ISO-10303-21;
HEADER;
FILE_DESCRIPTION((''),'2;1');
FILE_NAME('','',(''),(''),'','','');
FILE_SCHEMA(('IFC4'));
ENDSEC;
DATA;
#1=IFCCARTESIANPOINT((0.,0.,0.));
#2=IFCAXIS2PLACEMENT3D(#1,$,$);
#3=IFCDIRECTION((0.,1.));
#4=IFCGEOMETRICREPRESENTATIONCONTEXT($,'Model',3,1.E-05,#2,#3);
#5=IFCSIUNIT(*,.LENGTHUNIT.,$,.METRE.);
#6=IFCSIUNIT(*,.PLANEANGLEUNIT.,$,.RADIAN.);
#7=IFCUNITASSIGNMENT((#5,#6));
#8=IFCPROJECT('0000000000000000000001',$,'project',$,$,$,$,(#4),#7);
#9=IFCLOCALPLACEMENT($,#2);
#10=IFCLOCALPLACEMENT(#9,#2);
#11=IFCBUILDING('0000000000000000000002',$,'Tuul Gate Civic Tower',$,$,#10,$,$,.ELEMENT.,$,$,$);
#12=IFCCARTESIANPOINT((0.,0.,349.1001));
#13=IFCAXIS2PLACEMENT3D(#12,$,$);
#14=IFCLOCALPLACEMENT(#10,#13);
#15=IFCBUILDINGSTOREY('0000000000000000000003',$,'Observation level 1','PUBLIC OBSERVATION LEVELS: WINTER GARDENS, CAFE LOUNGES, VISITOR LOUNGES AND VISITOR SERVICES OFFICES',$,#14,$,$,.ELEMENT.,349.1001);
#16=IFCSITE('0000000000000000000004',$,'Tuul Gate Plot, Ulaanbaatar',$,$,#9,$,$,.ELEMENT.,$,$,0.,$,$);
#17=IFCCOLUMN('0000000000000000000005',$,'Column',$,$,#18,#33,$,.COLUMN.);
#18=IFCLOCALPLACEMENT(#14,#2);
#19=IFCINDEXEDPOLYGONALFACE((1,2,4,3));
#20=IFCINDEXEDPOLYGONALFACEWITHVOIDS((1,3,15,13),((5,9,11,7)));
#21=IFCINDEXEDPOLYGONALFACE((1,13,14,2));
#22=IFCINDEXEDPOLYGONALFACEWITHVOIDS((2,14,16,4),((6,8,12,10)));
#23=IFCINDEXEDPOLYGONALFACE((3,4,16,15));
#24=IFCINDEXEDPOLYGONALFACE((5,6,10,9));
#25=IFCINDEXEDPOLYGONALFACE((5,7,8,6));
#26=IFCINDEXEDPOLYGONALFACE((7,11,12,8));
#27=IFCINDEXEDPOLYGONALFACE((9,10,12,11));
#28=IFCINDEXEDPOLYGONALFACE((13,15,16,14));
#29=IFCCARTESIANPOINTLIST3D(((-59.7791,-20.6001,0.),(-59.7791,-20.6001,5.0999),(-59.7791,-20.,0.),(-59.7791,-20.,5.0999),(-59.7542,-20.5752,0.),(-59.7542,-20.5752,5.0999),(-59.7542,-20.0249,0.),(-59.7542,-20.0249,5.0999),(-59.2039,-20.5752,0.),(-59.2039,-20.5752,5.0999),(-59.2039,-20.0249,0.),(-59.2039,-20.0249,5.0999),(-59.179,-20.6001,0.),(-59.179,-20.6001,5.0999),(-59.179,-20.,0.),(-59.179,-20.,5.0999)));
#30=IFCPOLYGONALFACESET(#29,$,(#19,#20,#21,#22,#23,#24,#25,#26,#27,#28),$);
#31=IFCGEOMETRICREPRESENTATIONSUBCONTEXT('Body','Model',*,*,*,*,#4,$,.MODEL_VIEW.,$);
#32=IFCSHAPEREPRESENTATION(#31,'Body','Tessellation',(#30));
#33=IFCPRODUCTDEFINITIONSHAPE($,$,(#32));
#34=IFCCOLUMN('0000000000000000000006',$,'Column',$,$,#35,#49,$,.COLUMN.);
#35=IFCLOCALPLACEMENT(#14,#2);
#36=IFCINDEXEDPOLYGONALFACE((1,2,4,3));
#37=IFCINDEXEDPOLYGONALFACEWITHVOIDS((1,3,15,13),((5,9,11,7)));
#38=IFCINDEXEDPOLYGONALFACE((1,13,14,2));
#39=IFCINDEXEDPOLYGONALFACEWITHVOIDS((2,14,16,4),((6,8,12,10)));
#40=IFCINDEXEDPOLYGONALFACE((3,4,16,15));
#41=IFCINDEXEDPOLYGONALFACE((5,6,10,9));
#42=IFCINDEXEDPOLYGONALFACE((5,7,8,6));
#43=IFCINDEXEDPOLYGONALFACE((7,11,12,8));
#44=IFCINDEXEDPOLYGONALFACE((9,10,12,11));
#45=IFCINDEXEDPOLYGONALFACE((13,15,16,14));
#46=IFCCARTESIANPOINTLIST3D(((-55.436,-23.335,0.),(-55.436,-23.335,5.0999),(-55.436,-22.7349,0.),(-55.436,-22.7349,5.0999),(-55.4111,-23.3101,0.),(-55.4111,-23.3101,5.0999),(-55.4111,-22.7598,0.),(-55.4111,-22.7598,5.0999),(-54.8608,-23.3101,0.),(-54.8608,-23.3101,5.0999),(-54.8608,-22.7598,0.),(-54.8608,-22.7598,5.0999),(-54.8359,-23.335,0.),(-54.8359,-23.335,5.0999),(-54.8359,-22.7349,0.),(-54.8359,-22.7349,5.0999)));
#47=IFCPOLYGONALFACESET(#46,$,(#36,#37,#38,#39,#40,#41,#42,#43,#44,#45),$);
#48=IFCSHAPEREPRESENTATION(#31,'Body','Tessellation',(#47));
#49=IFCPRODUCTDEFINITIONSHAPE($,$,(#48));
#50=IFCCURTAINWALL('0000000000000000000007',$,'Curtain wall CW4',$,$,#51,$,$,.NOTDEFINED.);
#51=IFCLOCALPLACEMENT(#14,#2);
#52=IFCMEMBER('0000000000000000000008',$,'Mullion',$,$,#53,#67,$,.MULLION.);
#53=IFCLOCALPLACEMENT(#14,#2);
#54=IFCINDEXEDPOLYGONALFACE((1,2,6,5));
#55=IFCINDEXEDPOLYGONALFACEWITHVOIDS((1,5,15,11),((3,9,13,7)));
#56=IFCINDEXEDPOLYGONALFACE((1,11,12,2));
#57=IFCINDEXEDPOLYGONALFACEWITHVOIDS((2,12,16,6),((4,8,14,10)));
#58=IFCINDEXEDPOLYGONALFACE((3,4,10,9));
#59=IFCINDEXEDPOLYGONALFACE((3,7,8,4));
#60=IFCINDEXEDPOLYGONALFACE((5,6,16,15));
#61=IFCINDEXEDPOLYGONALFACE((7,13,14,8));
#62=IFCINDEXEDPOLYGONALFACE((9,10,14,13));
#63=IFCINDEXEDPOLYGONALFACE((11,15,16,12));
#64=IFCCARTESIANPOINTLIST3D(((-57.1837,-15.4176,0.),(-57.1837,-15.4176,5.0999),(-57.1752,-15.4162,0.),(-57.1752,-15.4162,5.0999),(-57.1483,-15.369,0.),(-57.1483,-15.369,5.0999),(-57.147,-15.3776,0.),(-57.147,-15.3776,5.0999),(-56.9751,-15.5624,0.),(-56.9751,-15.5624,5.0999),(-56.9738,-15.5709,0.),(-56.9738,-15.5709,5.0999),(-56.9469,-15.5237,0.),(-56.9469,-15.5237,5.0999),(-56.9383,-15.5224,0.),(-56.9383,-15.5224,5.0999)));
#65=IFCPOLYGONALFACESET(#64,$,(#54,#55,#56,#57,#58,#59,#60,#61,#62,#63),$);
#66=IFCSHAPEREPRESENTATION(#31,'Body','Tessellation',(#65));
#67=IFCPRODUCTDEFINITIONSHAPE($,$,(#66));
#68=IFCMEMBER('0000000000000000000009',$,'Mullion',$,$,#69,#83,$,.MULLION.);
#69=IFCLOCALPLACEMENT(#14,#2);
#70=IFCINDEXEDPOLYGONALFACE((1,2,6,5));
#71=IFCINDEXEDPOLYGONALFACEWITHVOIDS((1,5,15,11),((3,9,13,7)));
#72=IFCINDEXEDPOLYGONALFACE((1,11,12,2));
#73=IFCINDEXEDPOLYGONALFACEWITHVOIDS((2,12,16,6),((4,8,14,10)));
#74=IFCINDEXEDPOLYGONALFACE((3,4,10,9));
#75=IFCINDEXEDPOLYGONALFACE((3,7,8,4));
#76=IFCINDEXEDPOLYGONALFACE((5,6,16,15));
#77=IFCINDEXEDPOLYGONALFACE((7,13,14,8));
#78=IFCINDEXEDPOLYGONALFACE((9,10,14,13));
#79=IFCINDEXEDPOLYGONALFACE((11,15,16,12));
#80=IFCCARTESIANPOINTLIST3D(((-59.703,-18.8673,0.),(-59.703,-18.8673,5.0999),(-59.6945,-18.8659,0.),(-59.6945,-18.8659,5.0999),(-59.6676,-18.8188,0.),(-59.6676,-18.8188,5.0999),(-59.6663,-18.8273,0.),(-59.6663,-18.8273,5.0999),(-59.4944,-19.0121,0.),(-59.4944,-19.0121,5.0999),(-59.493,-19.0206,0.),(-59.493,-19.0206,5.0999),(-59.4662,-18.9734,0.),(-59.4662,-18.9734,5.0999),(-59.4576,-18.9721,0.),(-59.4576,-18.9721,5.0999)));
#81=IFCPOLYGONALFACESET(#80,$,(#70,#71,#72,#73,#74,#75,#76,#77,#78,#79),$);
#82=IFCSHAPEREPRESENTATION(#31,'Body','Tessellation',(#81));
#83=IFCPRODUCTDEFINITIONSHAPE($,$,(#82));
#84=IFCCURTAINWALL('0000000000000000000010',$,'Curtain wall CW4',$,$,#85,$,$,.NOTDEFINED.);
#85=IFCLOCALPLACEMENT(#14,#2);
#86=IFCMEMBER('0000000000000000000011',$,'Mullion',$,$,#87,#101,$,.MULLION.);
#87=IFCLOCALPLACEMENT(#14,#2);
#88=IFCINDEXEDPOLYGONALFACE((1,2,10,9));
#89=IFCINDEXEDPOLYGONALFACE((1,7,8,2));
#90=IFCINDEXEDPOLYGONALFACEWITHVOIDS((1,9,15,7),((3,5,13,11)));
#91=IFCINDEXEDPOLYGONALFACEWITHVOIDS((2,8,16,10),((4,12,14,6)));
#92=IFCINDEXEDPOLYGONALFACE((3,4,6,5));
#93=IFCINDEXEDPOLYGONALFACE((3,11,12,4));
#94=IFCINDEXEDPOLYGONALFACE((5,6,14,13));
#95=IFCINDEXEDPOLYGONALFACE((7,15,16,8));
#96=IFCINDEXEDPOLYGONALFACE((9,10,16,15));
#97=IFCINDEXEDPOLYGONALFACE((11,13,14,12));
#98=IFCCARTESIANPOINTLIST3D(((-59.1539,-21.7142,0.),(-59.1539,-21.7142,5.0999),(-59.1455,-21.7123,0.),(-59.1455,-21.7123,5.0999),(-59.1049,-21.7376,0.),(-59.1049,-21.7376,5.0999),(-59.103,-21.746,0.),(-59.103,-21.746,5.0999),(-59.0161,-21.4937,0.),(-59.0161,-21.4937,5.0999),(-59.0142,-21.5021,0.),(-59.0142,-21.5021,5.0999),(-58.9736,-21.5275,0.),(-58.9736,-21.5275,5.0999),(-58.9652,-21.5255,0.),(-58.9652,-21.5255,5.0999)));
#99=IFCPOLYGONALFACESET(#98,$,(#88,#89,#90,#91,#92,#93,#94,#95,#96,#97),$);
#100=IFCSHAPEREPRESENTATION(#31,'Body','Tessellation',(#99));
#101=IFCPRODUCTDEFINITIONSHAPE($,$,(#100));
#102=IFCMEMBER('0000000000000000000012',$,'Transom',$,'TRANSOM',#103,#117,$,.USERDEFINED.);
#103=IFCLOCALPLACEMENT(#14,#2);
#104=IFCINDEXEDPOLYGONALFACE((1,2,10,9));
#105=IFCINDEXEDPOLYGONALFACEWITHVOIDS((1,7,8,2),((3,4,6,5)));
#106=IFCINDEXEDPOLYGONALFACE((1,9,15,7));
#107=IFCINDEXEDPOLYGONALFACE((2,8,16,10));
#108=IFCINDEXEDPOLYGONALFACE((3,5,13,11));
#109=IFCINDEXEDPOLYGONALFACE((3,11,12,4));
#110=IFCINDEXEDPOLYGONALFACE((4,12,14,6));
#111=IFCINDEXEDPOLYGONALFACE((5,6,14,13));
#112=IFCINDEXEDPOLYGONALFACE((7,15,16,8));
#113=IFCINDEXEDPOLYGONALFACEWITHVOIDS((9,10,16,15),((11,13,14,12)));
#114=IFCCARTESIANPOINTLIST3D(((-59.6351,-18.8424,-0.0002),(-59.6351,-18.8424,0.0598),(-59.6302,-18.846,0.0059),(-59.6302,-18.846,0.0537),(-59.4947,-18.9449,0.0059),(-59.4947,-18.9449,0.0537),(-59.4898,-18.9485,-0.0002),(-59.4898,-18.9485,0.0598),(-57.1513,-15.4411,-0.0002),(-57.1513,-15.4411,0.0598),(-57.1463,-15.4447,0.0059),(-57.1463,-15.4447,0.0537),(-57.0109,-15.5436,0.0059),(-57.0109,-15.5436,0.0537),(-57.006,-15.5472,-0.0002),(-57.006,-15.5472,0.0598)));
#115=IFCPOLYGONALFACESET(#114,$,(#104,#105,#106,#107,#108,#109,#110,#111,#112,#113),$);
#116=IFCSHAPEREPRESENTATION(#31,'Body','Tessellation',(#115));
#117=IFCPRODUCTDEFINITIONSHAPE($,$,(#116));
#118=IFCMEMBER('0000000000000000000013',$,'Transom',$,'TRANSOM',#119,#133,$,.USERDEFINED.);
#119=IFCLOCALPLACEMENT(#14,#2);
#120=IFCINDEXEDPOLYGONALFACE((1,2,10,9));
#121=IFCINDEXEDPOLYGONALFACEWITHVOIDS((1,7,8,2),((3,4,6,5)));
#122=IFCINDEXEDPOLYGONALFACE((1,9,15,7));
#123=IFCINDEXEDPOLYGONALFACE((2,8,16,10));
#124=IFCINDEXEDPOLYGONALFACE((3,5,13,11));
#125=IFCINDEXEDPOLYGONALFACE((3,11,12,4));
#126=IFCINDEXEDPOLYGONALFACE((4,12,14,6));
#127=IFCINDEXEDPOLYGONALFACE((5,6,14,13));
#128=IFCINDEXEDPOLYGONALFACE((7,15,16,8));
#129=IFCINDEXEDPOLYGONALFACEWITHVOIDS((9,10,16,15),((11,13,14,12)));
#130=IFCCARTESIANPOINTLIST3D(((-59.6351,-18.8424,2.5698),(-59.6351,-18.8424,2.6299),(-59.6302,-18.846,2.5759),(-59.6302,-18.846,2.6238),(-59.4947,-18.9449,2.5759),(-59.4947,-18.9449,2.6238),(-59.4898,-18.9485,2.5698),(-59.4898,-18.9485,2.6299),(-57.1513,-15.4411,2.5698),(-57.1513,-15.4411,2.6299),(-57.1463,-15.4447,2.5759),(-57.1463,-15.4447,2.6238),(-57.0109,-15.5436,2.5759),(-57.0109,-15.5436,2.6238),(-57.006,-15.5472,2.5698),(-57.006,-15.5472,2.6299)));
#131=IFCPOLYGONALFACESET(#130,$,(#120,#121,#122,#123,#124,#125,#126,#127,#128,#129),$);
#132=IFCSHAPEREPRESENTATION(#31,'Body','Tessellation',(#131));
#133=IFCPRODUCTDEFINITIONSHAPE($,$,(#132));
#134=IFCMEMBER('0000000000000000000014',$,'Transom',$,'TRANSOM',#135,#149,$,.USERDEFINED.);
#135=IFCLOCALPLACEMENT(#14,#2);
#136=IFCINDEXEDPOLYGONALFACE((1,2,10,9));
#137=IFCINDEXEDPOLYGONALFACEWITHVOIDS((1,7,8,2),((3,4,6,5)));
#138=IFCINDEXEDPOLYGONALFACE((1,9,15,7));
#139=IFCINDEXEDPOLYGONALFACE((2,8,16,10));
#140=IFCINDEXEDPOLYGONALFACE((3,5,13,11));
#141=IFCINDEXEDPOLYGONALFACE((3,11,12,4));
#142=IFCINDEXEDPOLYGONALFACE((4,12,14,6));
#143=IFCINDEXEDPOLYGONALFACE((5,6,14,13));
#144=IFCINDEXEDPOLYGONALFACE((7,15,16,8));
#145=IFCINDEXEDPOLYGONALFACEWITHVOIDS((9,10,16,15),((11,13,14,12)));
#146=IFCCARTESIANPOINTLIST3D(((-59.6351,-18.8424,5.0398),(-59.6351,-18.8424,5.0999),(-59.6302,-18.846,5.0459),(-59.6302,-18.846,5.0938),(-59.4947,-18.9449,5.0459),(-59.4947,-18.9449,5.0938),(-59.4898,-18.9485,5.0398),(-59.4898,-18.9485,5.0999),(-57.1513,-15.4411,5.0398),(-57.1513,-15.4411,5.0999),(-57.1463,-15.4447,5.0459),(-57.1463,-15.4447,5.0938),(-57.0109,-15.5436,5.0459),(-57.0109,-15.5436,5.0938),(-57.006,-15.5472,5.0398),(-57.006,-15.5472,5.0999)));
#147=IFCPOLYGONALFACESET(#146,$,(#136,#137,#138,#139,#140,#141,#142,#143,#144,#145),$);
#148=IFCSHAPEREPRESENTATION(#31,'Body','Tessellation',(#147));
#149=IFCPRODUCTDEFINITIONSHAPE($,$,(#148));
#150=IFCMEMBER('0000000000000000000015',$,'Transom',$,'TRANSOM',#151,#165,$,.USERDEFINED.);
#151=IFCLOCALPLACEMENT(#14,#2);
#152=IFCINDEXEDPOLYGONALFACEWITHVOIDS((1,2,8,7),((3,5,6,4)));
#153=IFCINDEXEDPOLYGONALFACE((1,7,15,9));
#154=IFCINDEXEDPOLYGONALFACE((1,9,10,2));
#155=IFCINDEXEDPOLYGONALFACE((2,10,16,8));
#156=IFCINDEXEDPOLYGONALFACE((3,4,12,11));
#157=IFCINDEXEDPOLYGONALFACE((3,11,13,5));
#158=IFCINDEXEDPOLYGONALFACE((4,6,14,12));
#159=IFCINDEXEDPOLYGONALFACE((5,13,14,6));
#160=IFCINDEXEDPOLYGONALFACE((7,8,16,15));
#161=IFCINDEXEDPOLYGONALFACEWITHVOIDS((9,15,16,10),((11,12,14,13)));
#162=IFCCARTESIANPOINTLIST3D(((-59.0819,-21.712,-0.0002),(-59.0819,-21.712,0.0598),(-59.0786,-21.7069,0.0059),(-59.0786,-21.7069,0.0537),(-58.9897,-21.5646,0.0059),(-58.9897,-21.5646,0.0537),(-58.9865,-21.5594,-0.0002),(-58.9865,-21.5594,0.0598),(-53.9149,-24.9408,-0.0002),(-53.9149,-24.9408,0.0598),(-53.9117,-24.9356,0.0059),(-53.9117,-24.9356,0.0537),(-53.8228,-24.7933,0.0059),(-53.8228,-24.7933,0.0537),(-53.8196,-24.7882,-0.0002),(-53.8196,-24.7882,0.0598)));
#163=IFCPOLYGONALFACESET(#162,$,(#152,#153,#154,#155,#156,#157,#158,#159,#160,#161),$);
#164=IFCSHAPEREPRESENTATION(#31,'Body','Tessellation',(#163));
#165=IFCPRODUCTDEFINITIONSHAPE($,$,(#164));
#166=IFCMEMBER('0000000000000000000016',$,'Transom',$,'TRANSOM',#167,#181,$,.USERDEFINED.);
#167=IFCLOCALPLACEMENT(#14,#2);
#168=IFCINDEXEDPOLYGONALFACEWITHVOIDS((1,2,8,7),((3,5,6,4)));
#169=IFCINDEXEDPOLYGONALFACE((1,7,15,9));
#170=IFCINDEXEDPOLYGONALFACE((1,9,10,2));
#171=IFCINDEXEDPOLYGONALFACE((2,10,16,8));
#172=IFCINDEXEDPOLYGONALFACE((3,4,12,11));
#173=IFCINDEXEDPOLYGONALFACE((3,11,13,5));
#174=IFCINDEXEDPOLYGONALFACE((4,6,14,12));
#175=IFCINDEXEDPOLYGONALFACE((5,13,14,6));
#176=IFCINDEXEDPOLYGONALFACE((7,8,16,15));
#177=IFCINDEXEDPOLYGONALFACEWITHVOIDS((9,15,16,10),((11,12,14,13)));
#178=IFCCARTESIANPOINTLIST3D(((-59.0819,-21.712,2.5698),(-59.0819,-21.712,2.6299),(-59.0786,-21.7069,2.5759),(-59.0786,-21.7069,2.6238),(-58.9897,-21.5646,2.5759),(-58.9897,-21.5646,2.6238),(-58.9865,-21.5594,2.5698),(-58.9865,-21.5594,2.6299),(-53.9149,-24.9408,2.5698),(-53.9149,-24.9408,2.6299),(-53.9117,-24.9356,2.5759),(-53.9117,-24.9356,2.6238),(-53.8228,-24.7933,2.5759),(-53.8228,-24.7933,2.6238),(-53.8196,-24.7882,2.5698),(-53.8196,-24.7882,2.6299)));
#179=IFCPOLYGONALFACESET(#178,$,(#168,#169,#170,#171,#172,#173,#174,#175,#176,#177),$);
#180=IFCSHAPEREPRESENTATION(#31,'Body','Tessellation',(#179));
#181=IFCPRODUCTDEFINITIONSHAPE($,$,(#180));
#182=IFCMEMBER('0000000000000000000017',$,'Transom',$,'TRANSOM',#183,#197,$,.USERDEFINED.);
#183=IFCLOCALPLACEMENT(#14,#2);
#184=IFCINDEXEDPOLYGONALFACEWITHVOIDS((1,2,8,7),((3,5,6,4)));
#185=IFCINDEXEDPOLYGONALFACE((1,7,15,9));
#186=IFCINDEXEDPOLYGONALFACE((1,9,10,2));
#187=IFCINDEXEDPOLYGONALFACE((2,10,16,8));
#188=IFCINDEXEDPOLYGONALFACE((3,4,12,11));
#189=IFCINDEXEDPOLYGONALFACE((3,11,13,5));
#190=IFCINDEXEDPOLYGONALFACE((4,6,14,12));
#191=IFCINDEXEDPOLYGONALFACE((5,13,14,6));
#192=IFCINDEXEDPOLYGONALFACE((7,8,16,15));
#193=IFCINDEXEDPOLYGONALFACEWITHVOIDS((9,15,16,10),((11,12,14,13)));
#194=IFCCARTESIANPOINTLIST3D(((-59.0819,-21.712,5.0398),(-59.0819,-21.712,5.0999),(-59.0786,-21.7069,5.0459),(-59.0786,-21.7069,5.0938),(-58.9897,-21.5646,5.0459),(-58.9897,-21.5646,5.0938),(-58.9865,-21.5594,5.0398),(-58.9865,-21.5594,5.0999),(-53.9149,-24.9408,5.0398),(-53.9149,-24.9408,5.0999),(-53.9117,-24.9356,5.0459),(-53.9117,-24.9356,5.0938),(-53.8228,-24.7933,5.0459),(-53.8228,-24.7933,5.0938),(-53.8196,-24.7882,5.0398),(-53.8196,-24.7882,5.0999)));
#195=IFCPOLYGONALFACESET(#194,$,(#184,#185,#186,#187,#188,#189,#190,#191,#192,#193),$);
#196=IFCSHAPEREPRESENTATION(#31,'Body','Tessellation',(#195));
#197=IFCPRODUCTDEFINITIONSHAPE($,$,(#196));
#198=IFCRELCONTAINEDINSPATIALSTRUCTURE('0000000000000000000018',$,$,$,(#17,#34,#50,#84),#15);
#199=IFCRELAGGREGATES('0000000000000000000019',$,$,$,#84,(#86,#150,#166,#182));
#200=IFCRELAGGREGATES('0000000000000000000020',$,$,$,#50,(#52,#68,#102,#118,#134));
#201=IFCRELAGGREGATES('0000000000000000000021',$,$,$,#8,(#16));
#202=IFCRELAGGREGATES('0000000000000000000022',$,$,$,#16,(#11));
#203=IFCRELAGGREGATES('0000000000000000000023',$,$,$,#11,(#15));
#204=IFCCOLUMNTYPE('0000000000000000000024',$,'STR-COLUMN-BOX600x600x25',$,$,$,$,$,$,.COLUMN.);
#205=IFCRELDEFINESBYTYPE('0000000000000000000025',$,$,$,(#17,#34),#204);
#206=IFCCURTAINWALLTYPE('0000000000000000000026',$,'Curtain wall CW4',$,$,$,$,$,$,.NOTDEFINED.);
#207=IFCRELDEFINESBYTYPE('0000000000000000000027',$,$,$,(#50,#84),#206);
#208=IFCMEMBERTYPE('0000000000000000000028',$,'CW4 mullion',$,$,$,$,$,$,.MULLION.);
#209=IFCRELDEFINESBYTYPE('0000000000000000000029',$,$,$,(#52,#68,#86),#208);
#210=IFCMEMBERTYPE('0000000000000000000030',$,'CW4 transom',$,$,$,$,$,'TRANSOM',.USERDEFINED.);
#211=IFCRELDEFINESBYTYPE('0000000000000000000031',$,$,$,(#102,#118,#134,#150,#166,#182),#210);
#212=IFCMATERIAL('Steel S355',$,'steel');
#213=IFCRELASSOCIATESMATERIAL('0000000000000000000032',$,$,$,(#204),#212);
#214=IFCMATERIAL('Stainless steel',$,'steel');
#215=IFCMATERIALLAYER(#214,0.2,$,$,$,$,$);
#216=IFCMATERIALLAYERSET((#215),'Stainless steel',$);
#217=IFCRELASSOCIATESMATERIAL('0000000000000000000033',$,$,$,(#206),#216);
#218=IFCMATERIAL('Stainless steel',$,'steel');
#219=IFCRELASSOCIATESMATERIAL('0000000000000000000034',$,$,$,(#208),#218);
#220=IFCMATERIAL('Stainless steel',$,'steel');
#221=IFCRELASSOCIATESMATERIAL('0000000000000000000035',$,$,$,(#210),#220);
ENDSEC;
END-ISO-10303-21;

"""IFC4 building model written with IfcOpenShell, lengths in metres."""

from ifc_helpers import new_model, si_unit, direction, frame, origin, origin_2d, place, context, subcontext, project, spatial, hollow_rectangle, extrude, material, layer, layer_set, material_profile, profile_set, type_object, element, aggregate, save


model = new_model("IFC4")

# Units and contexts
model_context = context("Model", 3, precision=1e-05, world=origin(), true_north=direction((0.0, 1.0)))
body_context = subcontext(model_context, "Body", "Model", "MODEL_VIEW")
ifc_project = project(units=[si_unit("LENGTHUNIT", "METRE"), si_unit("PLANEANGLEUNIT", "RADIAN")], contexts=[model_context])

# Site, building, storey
site_placement = place(None, origin())
site = spatial("IfcSite", under=ifc_project, at=site_placement, Name="Tuul Gate Plot, Ulaanbaatar", CompositionType="ELEMENT", RefElevation=0.0)
building_placement = place(site_placement, origin())
building = spatial("IfcBuilding", under=site, at=building_placement, Name="Tuul Gate Civic Tower", CompositionType="ELEMENT")
storey_placement = place(building_placement, frame((0.0, 0.0, 349.1001)))
storey = spatial("IfcBuildingStorey", under=building, at=storey_placement, Name="Observation level 1", Description="PUBLIC OBSERVATION LEVELS: WINTER GARDENS, CAFE LOUNGES, VISITOR LOUNGES AND VISITOR SERVICES OFFICES", CompositionType="ELEMENT", Elevation=349.1001)

# Columns
ifc_material_1 = material(Name="Steel S355", Category="steel")
ifc_material_profile_1 = material_profile(ifc_material_1, hollow_rectangle(XDim=0.6001, YDim=0.6001, WallThickness=0.0249, at=origin_2d()), Name="BOX600x600x25")
ifc_profile_set_1 = profile_set([ifc_material_profile_1], Name="Steel S355")
column_type = type_object("IfcColumnType", Name="STR-COLUMN-BOX600x600x25", PredefinedType="COLUMN", material=ifc_profile_set_1)
for number, where, z_axis, x_axis, name in (
    (1, (-59.479, -20.3, 0.0), (0.0, 0.0, 1.0), (1.0, 0.0, 0.0), "Column"),
    (2, (-55.136, -23.0349, 0.0), (0.0, 0.0, 1.0), (1.0, 0.0, 0.0), "Column"),
):
    element("IfcColumn", number, at=place(storey_placement, frame(where, z_axis=z_axis, x_axis=x_axis)), inside=storey, type_object=column_type, Name=name, PredefinedType="COLUMN", context=body_context, shape_type="SweptSolid", body=[
        extrude(hollow_rectangle(XDim=0.6001, YDim=0.6001, WallThickness=0.0249, at=origin_2d()), origin(), (0.0, 0.0, 1.0), 5.0999),
    ])

# Curtain wall, members
ifc_material_2 = material(Name="Stainless steel", Category="steel")
ifc_layer_1 = layer(ifc_material_2, 0.2)
ifc_layer_set_1 = layer_set([ifc_layer_1], Name="Stainless steel")
curtain_wall_type = type_object("IfcCurtainWallType", Name="Curtain wall CW4", PredefinedType="NOTDEFINED", material=ifc_layer_set_1)
curtain_wall_1_placement = place(storey_placement, origin())
curtain_wall_1 = element("IfcCurtainWall", 3, at=curtain_wall_1_placement, inside=storey, type_object=curtain_wall_type, Name="Curtain wall CW4", PredefinedType="NOTDEFINED")
ifc_material_3 = material(Name="Stainless steel", Category="steel")
ifc_material_profile_2 = material_profile(ifc_material_3, hollow_rectangle(XDim=0.26, YDim=0.0601, WallThickness=0.0061, at=origin_2d()), Name="CW4 mullion")
ifc_profile_set_2 = profile_set([ifc_material_profile_2], Name="Stainless steel")
member_type_1 = type_object("IfcMemberType", Name="CW4 mullion", PredefinedType="MULLION", material=ifc_profile_set_2)
member_1_placement = place(storey_placement, frame((-57.061, -15.47, 0.0), z_axis=(0.0, 0.0, 1.0), x_axis=(0.807578, -0.58976, 0.0)))
member_1 = element("IfcMember", 4, at=member_1_placement, type_object=member_type_1, Name="Mullion", PredefinedType="MULLION", context=body_context, shape_type="SweptSolid", body=[
    extrude(hollow_rectangle(XDim=0.26, YDim=0.0601, WallThickness=0.0061, at=origin_2d()), origin(), (0.0, 0.0, 1.0), 5.0999),
])
member_2_placement = place(storey_placement, frame((-59.5803, -18.9197, 0.0), z_axis=(0.0, 0.0, 1.0), x_axis=(0.807578, -0.58976, 0.0)))
member_2 = element("IfcMember", 5, at=member_2_placement, type_object=member_type_1, Name="Mullion", PredefinedType="MULLION", context=body_context, shape_type="SweptSolid", body=[
    extrude(hollow_rectangle(XDim=0.26, YDim=0.0601, WallThickness=0.0061, at=origin_2d()), origin(), (0.0, 0.0, 1.0), 5.0999),
])

# Curtain wall, member
curtain_wall_2_placement = place(storey_placement, origin())
curtain_wall_2 = element("IfcCurtainWall", 6, at=curtain_wall_2_placement, inside=storey, type_object=curtain_wall_type, Name="Curtain wall CW4", PredefinedType="NOTDEFINED")
member_3_placement = place(storey_placement, frame((-59.0596, -21.6199, 0.0), z_axis=(0.0, 0.0, 1.0), x_axis=(0.529912, 0.848053, 0.0)))
member_3 = element("IfcMember", 7, at=member_3_placement, type_object=member_type_1, Name="Mullion", PredefinedType="MULLION", context=body_context, shape_type="SweptSolid", body=[
    extrude(hollow_rectangle(XDim=0.26, YDim=0.0601, WallThickness=0.0061, at=origin_2d()), origin(), (0.0, 0.0, 1.0), 5.0999),
])

# Members
ifc_material_4 = material(Name="Stainless steel", Category="steel")
ifc_material_profile_3 = material_profile(ifc_material_4, hollow_rectangle(XDim=0.1799, YDim=0.0601, WallThickness=0.0061, at=origin_2d()), Name="CW4 transom")
ifc_profile_set_3 = profile_set([ifc_material_profile_3], Name="Stainless steel")
member_type_2 = type_object("IfcMemberType", Name="CW4 transom", ElementType="TRANSOM", PredefinedType="USERDEFINED", material=ifc_profile_set_3)
member_4_placement = place(storey_placement, frame((-57.0786, -15.4941, 0.0298), z_axis=(-0.589749, -0.807586, 0.0), x_axis=(0.807586, -0.589749, 0.0)))
member_4 = element("IfcMember", 8, at=member_4_placement, type_object=member_type_2, Name="Transom", ObjectType="TRANSOM", PredefinedType="USERDEFINED", context=body_context, shape_type="SweptSolid", body=[
    extrude(hollow_rectangle(XDim=0.1799, YDim=0.0601, WallThickness=0.0061, at=origin_2d()), origin(), (0.0, 0.0, 1.0), 4.2117),
])
member_5_placement = place(storey_placement, frame((-57.0786, -15.4941, 2.5999), z_axis=(-0.589749, -0.807586, 0.0), x_axis=(0.807586, -0.589749, 0.0)))
member_5 = element("IfcMember", 9, at=member_5_placement, type_object=member_type_2, Name="Transom", ObjectType="TRANSOM", PredefinedType="USERDEFINED", context=body_context, shape_type="SweptSolid", body=[
    extrude(hollow_rectangle(XDim=0.1799, YDim=0.0601, WallThickness=0.0061, at=origin_2d()), origin(), (0.0, 0.0, 1.0), 4.2117),
])
member_6_placement = place(storey_placement, frame((-57.0786, -15.4941, 5.0698), z_axis=(-0.589749, -0.807586, 0.0), x_axis=(0.807586, -0.589749, 0.0)))
member_6 = element("IfcMember", 10, at=member_6_placement, type_object=member_type_2, Name="Transom", ObjectType="TRANSOM", PredefinedType="USERDEFINED", context=body_context, shape_type="SweptSolid", body=[
    extrude(hollow_rectangle(XDim=0.1799, YDim=0.0601, WallThickness=0.0061, at=origin_2d()), origin(), (0.0, 0.0, 1.0), 4.2117),
])
member_7_placement = place(storey_placement, frame((-59.0342, -21.6357, 0.0298), z_axis=(0.848043, -0.529927, 0.0), x_axis=(0.529927, 0.848043, 0.0)))
member_7 = element("IfcMember", 11, at=member_7_placement, type_object=member_type_2, Name="Transom", ObjectType="TRANSOM", PredefinedType="USERDEFINED", context=body_context, shape_type="SweptSolid", body=[
    extrude(hollow_rectangle(XDim=0.1799, YDim=0.0601, WallThickness=0.0061, at=origin_2d()), origin(), (0.0, 0.0, 1.0), 6.0928),
])
member_8_placement = place(storey_placement, frame((-59.0342, -21.6357, 2.5999), z_axis=(0.848043, -0.529927, 0.0), x_axis=(0.529927, 0.848043, 0.0)))
member_8 = element("IfcMember", 12, at=member_8_placement, type_object=member_type_2, Name="Transom", ObjectType="TRANSOM", PredefinedType="USERDEFINED", context=body_context, shape_type="SweptSolid", body=[
    extrude(hollow_rectangle(XDim=0.1799, YDim=0.0601, WallThickness=0.0061, at=origin_2d()), origin(), (0.0, 0.0, 1.0), 6.0928),
])
member_9_placement = place(storey_placement, frame((-59.0342, -21.6357, 5.0698), z_axis=(0.848043, -0.529927, 0.0), x_axis=(0.529927, 0.848043, 0.0)))
member_9 = element("IfcMember", 13, at=member_9_placement, type_object=member_type_2, Name="Transom", ObjectType="TRANSOM", PredefinedType="USERDEFINED", context=body_context, shape_type="SweptSolid", body=[
    extrude(hollow_rectangle(XDim=0.1799, YDim=0.0601, WallThickness=0.0061, at=origin_2d()), origin(), (0.0, 0.0, 1.0), 6.0928),
])
aggregate(curtain_wall_2, [member_3, member_7, member_8, member_9])

aggregate(curtain_wall_1, [member_1, member_2, member_4, member_5, member_6])

save(model, "model.ifc")
